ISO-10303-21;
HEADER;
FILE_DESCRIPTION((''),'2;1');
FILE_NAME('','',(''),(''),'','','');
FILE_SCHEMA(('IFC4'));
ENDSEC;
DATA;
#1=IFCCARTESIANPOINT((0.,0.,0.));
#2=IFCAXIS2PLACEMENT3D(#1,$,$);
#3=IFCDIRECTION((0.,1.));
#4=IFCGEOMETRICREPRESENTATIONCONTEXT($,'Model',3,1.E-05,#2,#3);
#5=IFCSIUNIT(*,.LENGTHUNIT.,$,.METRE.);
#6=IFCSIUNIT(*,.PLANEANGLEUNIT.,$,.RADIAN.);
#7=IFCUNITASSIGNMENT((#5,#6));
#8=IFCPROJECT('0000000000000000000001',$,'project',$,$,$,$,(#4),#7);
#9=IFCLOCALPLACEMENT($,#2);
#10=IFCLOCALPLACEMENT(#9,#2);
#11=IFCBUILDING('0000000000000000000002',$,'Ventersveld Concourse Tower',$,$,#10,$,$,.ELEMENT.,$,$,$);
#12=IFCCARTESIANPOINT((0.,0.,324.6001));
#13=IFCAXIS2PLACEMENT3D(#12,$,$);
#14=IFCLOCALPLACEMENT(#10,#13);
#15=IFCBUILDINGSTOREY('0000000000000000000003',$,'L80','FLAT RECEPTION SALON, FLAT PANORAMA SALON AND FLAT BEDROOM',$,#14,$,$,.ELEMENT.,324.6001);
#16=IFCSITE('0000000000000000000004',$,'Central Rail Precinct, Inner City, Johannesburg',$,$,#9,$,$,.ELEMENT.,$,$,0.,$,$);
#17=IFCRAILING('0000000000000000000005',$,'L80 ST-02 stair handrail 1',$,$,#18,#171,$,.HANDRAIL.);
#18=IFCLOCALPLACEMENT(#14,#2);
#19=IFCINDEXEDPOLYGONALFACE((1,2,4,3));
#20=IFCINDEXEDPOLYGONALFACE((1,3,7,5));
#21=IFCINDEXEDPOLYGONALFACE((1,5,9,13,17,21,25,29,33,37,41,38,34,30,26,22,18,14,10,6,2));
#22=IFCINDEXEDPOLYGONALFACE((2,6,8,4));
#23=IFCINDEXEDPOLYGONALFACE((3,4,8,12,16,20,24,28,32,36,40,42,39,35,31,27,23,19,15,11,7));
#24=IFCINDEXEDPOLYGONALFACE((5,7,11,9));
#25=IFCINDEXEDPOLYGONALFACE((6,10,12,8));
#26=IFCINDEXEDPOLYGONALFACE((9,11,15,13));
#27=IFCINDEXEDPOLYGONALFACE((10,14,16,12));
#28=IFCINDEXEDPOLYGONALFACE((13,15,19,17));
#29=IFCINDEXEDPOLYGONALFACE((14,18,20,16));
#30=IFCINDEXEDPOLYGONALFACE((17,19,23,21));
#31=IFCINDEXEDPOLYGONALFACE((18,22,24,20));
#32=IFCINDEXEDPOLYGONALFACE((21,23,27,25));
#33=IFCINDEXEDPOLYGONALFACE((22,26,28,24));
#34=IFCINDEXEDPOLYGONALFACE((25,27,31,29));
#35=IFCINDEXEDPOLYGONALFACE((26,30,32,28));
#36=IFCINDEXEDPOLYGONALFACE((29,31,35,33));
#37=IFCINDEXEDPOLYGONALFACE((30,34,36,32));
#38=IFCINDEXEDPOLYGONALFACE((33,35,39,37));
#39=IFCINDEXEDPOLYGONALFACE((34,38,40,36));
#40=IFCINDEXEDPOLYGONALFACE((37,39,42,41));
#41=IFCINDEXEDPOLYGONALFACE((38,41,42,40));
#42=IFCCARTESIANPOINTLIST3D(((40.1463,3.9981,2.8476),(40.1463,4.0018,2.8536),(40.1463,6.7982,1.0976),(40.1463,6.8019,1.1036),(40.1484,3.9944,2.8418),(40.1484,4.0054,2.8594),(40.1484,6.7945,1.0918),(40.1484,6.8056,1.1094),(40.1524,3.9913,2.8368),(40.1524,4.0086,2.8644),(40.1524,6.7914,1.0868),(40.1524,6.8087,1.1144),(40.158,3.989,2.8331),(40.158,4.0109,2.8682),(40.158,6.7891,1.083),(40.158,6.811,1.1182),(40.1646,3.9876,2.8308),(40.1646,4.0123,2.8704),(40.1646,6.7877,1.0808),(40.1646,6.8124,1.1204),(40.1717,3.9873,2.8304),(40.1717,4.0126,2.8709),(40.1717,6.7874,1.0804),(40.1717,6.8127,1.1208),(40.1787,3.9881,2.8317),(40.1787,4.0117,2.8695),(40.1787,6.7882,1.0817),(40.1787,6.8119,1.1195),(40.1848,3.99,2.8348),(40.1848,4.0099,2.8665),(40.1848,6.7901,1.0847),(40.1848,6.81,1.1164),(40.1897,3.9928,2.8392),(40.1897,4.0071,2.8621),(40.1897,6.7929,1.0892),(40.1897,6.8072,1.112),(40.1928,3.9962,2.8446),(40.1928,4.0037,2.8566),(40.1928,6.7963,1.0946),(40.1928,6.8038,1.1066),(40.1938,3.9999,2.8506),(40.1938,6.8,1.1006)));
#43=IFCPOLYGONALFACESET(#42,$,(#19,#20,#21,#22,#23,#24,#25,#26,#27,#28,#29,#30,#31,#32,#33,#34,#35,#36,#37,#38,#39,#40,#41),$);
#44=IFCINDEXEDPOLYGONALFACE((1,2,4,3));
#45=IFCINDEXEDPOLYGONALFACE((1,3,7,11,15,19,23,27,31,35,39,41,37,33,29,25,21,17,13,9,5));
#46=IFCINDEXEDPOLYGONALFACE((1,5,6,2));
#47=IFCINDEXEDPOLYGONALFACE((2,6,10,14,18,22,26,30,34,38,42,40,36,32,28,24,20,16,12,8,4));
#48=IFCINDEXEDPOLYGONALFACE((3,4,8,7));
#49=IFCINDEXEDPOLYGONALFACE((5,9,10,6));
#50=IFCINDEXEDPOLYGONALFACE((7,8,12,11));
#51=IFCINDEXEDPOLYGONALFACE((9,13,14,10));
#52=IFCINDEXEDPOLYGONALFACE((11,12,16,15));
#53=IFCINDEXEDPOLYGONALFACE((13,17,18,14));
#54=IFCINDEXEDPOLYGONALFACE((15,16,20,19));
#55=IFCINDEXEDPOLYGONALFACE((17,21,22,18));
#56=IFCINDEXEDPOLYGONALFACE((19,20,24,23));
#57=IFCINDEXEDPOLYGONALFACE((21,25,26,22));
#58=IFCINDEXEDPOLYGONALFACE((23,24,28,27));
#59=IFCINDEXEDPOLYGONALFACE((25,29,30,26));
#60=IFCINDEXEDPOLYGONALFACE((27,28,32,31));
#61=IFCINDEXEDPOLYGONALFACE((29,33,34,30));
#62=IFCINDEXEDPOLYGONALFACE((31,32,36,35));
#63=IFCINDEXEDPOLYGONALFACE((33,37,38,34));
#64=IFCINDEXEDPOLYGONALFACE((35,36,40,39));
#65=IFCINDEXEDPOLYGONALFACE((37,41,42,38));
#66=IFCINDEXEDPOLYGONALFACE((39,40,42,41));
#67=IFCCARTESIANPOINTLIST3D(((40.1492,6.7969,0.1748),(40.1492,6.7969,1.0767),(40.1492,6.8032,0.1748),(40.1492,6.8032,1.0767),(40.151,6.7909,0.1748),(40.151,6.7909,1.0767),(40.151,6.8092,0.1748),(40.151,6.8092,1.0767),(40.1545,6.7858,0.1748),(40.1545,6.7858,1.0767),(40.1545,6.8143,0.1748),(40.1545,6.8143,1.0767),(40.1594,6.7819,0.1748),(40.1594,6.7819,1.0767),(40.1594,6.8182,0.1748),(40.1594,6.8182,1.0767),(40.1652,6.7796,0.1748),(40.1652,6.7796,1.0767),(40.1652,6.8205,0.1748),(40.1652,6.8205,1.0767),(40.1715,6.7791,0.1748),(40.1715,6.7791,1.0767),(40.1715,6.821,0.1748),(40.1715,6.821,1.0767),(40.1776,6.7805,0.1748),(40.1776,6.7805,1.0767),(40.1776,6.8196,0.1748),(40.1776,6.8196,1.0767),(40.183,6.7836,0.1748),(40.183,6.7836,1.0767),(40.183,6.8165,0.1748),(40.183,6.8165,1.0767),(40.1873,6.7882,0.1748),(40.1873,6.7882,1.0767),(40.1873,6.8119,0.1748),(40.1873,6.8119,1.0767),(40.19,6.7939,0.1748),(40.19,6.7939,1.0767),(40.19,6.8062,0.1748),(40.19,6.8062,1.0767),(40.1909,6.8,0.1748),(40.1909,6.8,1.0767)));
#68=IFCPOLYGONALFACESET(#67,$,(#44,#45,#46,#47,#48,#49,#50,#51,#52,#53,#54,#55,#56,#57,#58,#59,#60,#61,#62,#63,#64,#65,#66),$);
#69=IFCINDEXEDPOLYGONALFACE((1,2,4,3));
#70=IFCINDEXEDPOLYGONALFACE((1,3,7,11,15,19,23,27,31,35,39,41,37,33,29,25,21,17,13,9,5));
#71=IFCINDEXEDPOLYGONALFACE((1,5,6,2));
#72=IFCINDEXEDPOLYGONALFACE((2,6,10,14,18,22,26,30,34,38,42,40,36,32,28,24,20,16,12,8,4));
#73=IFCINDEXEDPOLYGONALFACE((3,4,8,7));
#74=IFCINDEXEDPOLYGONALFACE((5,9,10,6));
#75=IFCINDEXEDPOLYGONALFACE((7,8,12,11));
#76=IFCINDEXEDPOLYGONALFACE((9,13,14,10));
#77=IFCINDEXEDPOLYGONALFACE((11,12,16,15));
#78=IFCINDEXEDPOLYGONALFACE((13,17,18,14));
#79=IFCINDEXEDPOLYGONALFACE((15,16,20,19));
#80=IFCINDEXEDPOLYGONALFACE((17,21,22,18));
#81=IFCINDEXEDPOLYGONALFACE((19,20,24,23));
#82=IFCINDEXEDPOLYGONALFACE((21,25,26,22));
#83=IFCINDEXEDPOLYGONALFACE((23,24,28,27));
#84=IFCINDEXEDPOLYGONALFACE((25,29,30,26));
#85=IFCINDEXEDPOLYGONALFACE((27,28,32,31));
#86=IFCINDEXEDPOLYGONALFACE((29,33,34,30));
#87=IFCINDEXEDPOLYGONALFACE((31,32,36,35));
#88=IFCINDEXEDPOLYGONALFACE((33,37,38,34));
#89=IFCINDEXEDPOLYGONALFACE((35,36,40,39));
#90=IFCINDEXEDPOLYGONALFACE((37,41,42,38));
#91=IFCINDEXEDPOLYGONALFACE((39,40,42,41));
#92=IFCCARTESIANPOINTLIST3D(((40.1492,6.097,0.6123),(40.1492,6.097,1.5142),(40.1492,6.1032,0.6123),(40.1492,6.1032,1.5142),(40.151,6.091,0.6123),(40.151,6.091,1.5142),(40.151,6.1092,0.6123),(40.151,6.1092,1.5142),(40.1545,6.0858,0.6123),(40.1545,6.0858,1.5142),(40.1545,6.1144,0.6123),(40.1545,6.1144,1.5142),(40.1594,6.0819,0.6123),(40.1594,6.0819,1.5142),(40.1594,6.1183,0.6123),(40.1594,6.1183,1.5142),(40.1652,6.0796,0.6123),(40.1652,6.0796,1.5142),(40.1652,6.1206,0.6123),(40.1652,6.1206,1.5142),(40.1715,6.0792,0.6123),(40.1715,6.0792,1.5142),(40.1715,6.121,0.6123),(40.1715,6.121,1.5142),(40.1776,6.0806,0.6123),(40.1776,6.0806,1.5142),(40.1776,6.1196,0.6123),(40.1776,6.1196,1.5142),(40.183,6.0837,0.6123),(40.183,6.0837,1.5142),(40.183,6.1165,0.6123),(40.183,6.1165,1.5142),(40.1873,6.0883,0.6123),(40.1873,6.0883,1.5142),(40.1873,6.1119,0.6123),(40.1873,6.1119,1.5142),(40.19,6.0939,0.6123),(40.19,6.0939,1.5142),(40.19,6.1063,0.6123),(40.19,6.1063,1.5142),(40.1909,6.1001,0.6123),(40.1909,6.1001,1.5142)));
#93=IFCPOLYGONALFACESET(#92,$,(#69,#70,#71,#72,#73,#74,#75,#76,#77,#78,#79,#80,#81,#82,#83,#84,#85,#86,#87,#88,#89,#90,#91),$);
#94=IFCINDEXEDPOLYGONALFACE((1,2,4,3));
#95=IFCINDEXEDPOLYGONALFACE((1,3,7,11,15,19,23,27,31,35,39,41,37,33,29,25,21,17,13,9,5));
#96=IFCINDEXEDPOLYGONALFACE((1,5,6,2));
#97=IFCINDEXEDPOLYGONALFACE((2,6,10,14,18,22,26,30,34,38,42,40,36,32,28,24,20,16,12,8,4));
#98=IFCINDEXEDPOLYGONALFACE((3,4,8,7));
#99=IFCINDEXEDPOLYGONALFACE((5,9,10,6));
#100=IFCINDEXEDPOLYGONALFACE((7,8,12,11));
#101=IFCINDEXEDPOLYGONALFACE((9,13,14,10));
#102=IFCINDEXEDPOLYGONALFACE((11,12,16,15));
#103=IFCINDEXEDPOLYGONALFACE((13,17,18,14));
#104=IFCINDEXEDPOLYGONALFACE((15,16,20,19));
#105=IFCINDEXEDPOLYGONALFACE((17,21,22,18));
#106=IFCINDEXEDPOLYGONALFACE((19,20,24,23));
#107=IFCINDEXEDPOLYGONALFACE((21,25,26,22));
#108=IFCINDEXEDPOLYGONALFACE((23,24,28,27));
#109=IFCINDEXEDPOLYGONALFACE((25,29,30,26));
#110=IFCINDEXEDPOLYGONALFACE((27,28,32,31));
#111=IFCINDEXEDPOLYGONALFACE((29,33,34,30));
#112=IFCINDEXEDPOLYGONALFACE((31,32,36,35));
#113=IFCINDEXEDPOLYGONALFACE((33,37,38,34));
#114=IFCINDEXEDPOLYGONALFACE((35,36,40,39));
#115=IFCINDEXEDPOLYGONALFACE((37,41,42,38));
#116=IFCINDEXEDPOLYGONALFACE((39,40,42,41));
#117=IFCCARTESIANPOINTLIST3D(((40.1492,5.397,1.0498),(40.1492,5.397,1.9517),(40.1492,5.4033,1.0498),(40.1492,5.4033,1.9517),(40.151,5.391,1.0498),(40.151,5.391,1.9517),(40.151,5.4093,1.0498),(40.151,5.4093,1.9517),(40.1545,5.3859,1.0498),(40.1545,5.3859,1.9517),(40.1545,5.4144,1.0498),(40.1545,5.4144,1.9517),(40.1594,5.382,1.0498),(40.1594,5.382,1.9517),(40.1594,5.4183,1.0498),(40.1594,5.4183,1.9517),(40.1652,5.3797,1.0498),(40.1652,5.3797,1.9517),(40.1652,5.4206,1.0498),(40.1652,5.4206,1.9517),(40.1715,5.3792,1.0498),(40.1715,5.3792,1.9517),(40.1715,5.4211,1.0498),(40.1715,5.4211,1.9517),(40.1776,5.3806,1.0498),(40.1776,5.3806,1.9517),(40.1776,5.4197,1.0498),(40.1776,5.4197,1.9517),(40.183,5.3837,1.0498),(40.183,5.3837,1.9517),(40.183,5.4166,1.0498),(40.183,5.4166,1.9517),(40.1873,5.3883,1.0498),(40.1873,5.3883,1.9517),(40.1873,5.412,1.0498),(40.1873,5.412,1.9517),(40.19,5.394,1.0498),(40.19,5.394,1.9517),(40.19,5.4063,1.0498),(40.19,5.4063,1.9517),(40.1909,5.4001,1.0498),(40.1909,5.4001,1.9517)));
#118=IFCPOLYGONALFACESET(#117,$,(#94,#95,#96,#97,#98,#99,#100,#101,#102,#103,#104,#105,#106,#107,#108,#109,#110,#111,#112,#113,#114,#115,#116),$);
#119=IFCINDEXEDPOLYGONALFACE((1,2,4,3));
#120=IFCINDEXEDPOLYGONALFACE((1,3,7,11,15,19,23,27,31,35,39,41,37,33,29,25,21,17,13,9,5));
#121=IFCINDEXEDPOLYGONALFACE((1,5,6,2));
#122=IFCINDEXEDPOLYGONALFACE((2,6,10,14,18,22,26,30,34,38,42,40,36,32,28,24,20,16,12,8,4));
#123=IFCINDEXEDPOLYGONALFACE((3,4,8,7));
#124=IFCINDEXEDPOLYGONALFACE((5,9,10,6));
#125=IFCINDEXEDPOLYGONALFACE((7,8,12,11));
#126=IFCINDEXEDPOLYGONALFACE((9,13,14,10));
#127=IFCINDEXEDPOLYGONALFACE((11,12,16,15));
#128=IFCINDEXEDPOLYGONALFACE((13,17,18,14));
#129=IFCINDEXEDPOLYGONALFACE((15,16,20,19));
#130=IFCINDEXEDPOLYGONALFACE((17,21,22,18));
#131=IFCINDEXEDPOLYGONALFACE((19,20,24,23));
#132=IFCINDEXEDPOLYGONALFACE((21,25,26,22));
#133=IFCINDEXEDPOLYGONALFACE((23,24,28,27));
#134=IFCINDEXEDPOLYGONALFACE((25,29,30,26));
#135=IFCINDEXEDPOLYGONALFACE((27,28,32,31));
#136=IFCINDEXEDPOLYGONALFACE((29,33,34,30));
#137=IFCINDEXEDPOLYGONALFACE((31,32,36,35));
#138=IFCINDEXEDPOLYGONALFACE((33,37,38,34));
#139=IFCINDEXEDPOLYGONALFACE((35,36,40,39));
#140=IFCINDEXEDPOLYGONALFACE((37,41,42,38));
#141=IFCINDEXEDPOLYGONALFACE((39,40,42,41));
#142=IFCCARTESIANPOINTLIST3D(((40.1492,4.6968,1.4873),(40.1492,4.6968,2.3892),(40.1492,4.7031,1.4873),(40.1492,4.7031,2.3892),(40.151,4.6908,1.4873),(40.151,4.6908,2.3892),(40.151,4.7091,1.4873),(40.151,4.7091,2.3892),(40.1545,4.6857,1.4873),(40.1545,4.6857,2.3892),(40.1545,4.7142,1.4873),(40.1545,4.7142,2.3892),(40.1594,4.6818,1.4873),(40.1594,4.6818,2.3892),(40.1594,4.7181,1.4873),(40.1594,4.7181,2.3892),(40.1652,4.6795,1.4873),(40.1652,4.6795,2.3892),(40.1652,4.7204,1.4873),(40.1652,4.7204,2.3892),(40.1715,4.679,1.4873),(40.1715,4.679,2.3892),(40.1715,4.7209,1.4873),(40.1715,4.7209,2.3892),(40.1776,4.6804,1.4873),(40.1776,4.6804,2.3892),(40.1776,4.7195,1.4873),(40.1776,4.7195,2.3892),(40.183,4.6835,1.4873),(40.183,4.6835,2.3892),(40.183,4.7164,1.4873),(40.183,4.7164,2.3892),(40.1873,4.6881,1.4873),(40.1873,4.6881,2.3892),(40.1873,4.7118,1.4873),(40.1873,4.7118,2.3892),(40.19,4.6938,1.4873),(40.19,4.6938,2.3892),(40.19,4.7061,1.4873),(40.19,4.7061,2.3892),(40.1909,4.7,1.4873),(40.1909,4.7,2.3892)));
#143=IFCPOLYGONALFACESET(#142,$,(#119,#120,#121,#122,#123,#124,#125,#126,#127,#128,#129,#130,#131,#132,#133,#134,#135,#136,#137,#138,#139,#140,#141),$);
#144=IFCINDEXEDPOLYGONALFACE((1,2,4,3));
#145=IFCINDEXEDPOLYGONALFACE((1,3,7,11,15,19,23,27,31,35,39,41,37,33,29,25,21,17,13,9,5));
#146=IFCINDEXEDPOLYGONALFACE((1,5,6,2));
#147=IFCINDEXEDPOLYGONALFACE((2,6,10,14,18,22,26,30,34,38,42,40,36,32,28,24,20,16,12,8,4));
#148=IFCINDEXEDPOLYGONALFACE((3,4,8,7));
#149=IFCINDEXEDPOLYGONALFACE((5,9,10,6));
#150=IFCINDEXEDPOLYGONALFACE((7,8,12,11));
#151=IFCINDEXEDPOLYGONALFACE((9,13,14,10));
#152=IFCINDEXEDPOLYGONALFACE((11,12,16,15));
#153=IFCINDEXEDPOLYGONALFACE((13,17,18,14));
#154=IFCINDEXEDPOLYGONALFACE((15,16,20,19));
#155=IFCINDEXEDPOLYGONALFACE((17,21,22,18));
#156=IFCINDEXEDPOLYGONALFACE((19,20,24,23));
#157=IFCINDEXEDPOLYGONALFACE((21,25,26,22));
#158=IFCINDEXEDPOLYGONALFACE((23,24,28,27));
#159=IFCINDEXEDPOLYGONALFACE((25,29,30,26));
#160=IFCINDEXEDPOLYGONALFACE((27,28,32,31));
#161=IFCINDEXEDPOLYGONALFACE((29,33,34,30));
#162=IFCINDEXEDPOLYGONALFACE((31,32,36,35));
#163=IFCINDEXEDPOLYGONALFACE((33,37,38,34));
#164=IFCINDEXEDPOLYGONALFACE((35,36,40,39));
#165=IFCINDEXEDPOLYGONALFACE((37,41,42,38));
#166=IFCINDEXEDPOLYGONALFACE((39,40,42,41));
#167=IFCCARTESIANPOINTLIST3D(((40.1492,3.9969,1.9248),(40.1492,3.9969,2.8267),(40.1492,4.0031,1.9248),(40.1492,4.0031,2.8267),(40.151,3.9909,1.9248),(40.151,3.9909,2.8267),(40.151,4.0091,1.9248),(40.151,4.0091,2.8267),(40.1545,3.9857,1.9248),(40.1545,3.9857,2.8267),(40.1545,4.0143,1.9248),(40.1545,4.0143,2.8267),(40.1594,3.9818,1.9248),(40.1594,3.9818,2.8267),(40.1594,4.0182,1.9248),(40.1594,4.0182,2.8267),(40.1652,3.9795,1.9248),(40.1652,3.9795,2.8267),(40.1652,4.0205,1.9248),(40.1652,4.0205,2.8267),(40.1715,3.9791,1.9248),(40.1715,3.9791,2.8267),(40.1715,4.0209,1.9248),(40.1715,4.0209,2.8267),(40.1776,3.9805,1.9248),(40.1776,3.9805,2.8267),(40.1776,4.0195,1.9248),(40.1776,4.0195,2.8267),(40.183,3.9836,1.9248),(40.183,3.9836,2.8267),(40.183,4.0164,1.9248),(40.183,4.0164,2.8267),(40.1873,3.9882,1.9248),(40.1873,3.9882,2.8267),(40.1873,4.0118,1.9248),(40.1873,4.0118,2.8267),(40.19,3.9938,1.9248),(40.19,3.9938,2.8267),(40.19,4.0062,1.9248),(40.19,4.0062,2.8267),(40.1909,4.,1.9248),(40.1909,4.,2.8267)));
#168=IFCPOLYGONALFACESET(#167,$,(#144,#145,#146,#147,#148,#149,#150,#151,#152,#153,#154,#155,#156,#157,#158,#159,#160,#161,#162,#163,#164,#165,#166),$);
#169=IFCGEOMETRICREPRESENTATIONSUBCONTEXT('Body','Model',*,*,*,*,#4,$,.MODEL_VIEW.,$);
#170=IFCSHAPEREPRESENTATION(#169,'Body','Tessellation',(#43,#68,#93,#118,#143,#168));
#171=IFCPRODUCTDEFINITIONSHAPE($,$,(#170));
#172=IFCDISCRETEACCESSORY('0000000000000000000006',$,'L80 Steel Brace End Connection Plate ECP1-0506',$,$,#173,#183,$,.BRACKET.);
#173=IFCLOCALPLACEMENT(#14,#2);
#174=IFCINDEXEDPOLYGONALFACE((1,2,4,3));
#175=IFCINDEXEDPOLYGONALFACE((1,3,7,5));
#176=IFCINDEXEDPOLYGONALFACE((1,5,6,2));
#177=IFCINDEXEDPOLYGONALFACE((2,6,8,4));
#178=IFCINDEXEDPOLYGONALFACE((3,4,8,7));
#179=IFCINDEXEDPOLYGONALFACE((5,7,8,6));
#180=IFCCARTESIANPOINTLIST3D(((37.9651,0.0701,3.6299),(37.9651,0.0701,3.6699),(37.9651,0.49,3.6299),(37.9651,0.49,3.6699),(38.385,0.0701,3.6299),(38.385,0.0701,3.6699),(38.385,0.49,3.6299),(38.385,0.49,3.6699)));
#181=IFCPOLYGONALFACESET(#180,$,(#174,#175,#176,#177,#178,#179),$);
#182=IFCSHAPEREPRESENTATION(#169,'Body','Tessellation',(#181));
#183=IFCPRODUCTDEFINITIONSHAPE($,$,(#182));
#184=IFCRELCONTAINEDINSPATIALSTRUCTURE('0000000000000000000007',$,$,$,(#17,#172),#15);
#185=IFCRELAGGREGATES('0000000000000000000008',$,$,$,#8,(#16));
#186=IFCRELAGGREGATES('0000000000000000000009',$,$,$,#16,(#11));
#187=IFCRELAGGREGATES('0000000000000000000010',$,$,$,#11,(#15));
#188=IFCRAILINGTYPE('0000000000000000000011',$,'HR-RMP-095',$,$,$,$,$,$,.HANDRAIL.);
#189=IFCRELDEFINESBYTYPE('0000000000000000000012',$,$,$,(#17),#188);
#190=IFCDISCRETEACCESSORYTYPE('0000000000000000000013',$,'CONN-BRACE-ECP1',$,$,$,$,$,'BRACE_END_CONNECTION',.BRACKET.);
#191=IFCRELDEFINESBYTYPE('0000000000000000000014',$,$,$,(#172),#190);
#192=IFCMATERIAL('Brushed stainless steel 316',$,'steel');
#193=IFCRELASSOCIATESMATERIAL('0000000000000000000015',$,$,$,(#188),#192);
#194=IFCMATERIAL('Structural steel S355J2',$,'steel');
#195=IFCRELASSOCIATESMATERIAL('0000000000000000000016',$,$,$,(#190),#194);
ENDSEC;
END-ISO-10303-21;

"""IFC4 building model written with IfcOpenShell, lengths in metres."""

from ifc_helpers import new_model, si_unit, direction, frame, origin, origin_2d, place, context, subcontext, project, spatial, rectangle, circle, extrude, material, type_object, element, save


model = new_model("IFC4")

# Units and contexts
model_context = context("Model", 3, precision=1e-05, world=origin(), true_north=direction((0.0, 1.0)))
body_context = subcontext(model_context, "Body", "Model", "MODEL_VIEW")
ifc_project = project(units=[si_unit("LENGTHUNIT", "METRE"), si_unit("PLANEANGLEUNIT", "RADIAN")], contexts=[model_context])

# Site, building, storey
site_placement = place(None, origin())
site = spatial("IfcSite", under=ifc_project, at=site_placement, Name="Central Rail Precinct, Inner City, Johannesburg", CompositionType="ELEMENT", RefElevation=0.0)
building_placement = place(site_placement, origin())
building = spatial("IfcBuilding", under=site, at=building_placement, Name="Ventersveld Concourse Tower", CompositionType="ELEMENT")
storey_placement = place(building_placement, frame((0.0, 0.0, 324.6001)))
storey = spatial("IfcBuildingStorey", under=building, at=storey_placement, Name="L80", Description="FLAT RECEPTION SALON, FLAT PANORAMA SALON AND FLAT BEDROOM", CompositionType="ELEMENT", Elevation=324.6001)

# Shared definitions
ifc_material_1 = material(Name="Brushed stainless steel 316", Category="steel")

# Railing
railing_type_1 = type_object("IfcRailingType", Name="HR-RMP-095", PredefinedType="HANDRAIL", material=ifc_material_1)
railing_1_placement = place(storey_placement, frame((40.1699, 6.8, 0.1748)))
element("IfcRailing", 1, at=railing_1_placement, inside=storey, type_object=railing_type_1, Name="L80 ST-02 stair handrail 1", PredefinedType="HANDRAIL", context=body_context, shape_type="SweptSolid", body=[
    extrude(circle(Radius=0.0239, at=origin_2d()), frame((0.0, 0.0, 0.9258), z_axis=(0.0, -0.848002, 0.529992), x_axis=(1.0, 0.0, 0.0)), (0.0, 0.0, 1.0), 3.302),
    extrude(circle(Radius=0.021, at=origin_2d()), origin(), (0.0, 0.0, 1.0), 0.9019),
    extrude(circle(Radius=0.021, at=origin_2d()), frame((0.0, -0.7, 0.4375)), (0.0, 0.0, 1.0), 0.9019),
    extrude(circle(Radius=0.021, at=origin_2d()), frame((0.0, -1.3999, 0.875)), (0.0, 0.0, 1.0), 0.9019),
    extrude(circle(Radius=0.021, at=origin_2d()), frame((0.0, -2.1001, 1.3125)), (0.0, 0.0, 1.0), 0.9019),
    extrude(circle(Radius=0.021, at=origin_2d()), frame((0.0, -2.8, 1.75)), (0.0, 0.0, 1.0), 0.9019),
])

# Discrete accessory
ifc_material_2 = material(Name="Structural steel S355J2", Category="steel")
discrete_accessory_type = type_object("IfcDiscreteAccessoryType", Name="CONN-BRACE-ECP1", ElementType="BRACE_END_CONNECTION", PredefinedType="BRACKET", material=ifc_material_2)
discrete_accessory_placement = place(storey_placement, frame((38.175, 0.28, 3.6299), z_axis=(0.0, 0.0, 1.0), x_axis=(1.0, 0.0, 0.0)))
element("IfcDiscreteAccessory", 2, at=discrete_accessory_placement, inside=storey, type_object=discrete_accessory_type, Name="L80 Steel Brace End Connection Plate ECP1-0506", PredefinedType="BRACKET", context=body_context, shape_type="SweptSolid", body=[
    extrude(rectangle(XDim=0.4199, YDim=0.4199, at=origin_2d()), origin(), (0.0, 0.0, 1.0), 0.04),
])

save(model, "model.ifc")
